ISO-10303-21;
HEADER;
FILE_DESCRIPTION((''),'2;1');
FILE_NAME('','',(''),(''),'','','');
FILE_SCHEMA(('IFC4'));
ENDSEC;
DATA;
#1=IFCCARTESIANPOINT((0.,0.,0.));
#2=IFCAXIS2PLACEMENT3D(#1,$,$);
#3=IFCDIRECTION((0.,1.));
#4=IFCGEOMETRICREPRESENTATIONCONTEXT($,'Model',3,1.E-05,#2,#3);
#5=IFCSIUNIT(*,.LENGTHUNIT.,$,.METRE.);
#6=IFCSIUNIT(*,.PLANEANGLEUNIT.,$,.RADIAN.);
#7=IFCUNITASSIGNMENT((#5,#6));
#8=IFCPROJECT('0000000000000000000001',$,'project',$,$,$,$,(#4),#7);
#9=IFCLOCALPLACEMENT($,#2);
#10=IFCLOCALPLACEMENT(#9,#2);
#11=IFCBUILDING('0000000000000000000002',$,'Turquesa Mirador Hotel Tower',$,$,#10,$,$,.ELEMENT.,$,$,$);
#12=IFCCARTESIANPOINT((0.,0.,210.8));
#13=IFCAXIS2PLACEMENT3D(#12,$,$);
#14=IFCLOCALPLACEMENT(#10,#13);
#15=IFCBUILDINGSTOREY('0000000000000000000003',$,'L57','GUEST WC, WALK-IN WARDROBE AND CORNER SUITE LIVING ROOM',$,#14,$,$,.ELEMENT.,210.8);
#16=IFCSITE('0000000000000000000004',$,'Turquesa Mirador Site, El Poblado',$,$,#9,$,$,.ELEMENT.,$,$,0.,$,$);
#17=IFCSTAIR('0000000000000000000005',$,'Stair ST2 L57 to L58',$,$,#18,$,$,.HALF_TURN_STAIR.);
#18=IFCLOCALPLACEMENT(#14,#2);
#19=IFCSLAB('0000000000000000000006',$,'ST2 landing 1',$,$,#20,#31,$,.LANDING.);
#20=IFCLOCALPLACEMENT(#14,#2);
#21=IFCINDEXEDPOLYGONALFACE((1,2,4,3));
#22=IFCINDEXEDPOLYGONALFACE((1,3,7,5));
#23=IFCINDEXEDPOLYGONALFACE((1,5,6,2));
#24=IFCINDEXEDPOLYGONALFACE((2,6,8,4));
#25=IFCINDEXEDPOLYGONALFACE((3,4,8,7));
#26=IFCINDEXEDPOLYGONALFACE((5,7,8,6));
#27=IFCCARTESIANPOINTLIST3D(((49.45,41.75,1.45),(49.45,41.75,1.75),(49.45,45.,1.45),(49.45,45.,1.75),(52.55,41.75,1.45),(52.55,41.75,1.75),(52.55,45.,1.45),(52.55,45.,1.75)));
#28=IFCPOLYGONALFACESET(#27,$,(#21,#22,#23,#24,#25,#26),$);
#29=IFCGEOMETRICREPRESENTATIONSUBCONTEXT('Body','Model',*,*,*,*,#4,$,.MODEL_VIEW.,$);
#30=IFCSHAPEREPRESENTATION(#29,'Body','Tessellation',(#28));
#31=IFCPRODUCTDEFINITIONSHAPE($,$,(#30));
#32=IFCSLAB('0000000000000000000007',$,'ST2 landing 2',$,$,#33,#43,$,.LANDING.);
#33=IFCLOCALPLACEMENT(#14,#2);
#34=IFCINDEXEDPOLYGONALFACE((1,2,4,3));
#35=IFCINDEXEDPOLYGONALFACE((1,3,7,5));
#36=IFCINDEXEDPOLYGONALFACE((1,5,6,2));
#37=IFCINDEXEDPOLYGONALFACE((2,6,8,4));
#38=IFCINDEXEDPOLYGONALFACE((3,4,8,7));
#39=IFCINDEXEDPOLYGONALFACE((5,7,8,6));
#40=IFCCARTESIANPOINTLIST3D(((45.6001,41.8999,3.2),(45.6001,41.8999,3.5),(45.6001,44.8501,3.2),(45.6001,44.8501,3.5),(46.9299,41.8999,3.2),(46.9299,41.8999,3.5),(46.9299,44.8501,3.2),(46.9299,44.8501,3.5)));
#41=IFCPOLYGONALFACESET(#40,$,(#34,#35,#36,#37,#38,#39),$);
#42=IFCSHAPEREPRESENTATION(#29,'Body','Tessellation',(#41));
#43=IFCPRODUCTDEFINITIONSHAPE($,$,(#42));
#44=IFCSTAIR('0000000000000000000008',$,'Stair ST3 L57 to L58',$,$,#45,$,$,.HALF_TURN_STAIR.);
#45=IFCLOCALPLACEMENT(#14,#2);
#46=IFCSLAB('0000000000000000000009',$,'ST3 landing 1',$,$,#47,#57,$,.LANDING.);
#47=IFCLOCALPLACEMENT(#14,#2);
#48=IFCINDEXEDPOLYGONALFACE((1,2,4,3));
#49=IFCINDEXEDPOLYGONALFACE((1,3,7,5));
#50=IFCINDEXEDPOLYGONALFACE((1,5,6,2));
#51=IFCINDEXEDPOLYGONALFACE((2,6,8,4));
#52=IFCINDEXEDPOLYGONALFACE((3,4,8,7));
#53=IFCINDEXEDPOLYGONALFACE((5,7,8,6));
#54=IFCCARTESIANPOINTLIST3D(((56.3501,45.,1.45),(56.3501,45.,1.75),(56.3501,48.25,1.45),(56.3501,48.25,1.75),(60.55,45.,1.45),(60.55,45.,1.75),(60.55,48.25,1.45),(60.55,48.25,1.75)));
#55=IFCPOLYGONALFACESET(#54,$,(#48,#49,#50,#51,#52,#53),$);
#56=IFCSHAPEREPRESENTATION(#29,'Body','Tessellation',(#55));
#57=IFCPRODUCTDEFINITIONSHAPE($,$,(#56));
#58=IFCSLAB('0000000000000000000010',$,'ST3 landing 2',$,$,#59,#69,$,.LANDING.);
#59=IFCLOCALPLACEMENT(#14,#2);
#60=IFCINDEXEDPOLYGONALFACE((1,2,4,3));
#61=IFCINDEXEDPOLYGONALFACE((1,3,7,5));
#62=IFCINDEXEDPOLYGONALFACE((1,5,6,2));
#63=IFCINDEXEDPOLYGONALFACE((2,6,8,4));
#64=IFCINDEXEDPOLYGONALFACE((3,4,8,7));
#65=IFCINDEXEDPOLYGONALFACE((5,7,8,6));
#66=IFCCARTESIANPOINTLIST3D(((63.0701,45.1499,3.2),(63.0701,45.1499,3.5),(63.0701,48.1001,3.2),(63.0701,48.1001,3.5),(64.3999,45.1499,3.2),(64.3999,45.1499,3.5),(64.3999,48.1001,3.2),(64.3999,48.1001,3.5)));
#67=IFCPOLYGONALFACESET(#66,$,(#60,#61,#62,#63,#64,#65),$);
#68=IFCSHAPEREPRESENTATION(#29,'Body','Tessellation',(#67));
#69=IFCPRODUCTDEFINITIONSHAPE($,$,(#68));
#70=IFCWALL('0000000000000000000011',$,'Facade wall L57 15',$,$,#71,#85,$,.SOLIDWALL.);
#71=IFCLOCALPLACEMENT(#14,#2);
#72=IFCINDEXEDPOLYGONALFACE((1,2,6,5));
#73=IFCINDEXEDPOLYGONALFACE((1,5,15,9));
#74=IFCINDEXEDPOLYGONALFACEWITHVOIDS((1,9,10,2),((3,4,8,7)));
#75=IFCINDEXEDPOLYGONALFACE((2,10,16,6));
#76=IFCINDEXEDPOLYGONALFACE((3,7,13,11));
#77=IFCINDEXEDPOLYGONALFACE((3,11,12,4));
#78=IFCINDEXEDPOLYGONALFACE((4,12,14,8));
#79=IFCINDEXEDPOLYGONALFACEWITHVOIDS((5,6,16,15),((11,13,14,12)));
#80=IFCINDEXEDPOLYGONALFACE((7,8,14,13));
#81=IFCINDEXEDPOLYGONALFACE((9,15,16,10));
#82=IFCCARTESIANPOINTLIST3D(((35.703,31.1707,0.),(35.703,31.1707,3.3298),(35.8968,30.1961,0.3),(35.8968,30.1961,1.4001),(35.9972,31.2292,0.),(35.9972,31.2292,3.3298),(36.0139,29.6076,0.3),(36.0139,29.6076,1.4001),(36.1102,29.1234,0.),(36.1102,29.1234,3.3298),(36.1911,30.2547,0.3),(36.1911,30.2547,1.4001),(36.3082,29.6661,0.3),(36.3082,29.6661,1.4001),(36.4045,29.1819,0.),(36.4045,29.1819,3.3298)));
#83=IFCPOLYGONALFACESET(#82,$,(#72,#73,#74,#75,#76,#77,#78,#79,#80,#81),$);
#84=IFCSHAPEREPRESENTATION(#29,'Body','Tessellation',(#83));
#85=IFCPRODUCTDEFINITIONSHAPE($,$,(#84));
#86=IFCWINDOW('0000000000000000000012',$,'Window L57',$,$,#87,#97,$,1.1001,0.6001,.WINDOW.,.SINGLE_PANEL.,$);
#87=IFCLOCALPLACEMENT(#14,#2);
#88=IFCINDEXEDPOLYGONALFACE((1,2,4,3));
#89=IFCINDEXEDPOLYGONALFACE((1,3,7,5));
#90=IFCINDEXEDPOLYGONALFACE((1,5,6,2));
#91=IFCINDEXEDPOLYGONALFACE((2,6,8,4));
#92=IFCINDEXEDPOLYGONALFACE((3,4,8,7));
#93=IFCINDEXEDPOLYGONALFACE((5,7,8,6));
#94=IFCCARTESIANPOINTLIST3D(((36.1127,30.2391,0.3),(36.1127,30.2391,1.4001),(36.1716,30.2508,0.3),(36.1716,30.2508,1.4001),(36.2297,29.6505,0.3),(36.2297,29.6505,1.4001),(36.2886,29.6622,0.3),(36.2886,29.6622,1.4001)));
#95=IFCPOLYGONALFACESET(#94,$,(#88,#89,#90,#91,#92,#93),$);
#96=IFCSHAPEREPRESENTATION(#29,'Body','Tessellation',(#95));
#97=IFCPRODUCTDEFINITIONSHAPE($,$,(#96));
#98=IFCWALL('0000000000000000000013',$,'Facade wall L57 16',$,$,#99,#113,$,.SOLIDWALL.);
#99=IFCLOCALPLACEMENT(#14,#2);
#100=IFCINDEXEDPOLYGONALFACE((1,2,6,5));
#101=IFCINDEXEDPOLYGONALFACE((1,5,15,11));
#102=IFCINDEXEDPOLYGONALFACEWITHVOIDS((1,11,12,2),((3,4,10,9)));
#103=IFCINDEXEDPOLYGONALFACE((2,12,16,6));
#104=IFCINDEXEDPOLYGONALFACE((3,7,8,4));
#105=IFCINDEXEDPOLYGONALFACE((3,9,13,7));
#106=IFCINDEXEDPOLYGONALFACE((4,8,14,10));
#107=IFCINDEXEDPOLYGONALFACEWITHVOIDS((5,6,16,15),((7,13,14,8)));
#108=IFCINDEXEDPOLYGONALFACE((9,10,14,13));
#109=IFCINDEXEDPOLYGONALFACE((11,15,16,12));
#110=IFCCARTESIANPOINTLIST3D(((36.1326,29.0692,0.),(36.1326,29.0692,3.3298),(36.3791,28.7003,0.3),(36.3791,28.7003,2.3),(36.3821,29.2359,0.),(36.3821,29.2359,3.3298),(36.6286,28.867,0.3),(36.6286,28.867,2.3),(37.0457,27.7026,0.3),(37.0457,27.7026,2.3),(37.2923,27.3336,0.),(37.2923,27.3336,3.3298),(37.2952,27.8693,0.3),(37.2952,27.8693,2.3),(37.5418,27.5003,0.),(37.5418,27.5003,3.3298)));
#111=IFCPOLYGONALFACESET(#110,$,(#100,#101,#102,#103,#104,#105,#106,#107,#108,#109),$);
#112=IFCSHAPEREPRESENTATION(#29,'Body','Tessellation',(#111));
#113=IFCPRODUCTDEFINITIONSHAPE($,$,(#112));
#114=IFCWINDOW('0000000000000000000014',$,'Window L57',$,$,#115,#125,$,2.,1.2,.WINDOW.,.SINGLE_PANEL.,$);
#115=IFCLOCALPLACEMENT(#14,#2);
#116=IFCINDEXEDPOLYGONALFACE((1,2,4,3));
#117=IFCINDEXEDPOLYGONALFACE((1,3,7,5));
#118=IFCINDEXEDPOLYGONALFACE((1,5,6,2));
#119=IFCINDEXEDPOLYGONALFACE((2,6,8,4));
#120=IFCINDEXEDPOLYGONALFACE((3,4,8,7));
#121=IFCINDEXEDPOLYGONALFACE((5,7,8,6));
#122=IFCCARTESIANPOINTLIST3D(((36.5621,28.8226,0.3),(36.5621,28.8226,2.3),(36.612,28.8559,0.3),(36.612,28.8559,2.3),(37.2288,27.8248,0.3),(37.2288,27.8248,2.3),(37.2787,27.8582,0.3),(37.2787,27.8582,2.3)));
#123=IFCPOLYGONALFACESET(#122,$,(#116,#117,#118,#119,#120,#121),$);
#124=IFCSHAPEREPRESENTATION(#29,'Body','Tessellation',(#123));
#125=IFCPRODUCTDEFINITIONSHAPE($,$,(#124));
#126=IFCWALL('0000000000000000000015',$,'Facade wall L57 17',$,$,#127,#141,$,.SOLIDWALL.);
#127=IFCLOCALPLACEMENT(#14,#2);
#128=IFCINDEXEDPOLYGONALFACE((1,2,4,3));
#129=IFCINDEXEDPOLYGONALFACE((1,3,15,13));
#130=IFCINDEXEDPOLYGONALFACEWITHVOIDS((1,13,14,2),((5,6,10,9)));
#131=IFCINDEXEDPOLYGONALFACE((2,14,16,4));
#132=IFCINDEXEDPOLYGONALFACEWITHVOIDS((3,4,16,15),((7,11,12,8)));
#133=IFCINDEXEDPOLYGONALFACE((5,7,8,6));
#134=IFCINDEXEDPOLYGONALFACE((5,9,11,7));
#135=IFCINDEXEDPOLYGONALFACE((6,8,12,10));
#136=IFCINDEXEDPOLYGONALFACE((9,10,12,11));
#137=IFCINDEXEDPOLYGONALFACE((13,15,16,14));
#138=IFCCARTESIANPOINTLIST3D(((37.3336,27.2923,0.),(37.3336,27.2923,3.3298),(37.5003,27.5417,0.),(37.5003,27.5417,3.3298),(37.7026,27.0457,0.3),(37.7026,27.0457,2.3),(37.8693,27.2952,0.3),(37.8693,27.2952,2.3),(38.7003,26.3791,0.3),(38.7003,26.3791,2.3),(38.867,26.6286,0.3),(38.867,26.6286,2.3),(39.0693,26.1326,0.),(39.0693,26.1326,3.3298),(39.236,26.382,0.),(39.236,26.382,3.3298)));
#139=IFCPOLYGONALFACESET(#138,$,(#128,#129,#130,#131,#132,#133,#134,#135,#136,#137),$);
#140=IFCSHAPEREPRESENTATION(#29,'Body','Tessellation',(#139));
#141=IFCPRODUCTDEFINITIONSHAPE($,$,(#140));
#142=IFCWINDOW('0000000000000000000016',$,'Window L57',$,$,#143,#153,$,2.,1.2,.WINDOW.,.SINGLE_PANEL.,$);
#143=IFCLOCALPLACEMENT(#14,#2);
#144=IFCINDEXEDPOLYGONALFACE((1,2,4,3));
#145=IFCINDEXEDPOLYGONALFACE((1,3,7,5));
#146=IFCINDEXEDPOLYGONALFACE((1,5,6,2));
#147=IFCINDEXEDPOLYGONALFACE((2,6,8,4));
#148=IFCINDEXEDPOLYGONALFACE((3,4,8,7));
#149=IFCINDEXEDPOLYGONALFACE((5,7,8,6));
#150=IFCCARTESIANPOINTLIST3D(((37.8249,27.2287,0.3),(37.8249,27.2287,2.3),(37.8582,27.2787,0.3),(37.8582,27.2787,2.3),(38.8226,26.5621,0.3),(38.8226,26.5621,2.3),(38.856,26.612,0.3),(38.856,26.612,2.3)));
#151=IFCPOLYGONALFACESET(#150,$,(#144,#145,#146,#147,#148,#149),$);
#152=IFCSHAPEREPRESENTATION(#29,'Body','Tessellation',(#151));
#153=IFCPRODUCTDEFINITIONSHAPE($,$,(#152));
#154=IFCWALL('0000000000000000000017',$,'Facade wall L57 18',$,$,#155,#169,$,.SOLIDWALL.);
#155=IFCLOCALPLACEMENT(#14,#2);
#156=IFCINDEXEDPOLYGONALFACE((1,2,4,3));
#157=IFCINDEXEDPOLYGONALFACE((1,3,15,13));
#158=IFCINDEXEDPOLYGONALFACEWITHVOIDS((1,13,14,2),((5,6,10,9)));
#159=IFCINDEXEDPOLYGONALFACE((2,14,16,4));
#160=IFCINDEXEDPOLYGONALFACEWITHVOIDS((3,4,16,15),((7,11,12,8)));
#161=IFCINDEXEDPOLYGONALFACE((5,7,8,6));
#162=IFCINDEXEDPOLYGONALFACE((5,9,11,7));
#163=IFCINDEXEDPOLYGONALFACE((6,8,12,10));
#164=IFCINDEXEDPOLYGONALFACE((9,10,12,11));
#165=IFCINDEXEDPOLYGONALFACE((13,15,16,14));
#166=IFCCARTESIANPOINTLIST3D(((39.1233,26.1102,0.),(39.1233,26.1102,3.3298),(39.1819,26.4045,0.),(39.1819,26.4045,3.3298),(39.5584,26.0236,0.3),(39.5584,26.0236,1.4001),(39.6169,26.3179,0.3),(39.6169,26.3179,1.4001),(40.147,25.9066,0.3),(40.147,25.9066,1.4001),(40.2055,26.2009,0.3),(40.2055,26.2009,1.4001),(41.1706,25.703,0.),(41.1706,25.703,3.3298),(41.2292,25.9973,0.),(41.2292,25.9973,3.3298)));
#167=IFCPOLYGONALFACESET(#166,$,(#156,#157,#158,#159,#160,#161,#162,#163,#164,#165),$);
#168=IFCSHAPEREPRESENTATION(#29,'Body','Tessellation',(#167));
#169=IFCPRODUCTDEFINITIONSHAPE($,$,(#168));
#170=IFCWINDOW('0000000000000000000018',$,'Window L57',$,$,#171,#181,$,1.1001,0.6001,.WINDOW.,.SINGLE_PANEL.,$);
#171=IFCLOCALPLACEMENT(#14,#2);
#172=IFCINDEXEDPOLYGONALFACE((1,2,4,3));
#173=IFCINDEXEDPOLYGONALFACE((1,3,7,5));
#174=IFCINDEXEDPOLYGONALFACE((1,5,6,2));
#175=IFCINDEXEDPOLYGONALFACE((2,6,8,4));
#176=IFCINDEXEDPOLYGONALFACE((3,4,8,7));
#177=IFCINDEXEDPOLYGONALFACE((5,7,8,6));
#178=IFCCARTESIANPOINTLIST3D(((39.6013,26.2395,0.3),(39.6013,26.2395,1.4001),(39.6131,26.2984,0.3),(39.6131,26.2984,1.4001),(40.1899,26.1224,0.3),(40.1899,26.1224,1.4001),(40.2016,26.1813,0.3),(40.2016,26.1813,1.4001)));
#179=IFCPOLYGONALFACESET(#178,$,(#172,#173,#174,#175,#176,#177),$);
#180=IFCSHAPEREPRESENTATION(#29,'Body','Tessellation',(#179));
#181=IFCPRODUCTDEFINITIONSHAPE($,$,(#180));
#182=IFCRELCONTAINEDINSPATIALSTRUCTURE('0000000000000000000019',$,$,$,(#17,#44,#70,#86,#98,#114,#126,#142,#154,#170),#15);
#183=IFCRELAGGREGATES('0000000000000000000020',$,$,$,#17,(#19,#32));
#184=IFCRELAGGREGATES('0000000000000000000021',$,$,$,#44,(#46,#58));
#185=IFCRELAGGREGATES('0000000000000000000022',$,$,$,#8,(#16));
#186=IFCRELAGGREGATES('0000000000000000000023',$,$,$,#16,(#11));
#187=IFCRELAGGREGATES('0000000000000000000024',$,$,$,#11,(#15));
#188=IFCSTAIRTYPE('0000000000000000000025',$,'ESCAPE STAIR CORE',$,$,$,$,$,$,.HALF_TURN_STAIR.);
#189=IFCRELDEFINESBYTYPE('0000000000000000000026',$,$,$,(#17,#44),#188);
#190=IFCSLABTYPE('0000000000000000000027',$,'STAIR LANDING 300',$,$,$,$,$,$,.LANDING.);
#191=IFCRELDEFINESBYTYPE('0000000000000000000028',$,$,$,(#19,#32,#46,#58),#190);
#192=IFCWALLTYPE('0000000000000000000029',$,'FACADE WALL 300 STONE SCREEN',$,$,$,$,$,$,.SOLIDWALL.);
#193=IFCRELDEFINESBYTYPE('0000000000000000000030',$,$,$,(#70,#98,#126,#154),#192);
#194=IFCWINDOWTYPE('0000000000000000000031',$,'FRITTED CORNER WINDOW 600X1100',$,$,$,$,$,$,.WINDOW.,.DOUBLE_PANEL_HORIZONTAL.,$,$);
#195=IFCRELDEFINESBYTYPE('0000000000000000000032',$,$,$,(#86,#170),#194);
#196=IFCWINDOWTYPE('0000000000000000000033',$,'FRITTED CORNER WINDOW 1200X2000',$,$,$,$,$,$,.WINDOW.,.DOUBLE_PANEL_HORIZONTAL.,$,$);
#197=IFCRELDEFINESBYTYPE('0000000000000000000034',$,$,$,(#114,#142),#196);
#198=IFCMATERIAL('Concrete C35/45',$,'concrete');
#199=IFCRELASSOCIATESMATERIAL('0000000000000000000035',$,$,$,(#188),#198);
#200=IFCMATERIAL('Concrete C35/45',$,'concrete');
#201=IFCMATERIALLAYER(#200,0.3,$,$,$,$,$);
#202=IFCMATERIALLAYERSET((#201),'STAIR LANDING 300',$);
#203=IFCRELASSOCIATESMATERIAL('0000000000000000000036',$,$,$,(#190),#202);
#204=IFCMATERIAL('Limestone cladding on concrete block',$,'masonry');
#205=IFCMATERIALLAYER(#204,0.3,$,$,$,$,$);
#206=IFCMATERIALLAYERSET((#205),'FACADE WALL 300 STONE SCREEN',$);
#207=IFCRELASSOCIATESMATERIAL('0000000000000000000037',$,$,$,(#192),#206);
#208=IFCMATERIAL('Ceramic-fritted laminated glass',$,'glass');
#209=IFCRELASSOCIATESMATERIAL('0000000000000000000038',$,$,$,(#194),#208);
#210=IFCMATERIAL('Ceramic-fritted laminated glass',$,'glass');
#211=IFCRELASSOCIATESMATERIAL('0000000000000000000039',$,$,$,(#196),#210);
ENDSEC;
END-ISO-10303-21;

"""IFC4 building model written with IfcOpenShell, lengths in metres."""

from ifc_helpers import new_model, si_unit, direction, frame, frame_2d, origin, place, context, subcontext, project, spatial, polyline, rectangle, outline, extrude, material, layer, layer_set, type_object, element, fill, aggregate, save


model = new_model("IFC4")

# Units and contexts
model_context = context("Model", 3, precision=1e-05, world=origin(), true_north=direction((0.0, 1.0)))
body_context = subcontext(model_context, "Body", "Model", "MODEL_VIEW")
ifc_project = project(units=[si_unit("LENGTHUNIT", "METRE"), si_unit("PLANEANGLEUNIT", "RADIAN")], contexts=[model_context])

# Site, building, storey
site_placement = place(None, origin())
site = spatial("IfcSite", under=ifc_project, at=site_placement, Name="Turquesa Mirador Site, El Poblado", CompositionType="ELEMENT", RefElevation=0.0)
building_placement = place(site_placement, origin())
building = spatial("IfcBuilding", under=site, at=building_placement, Name="Turquesa Mirador Hotel Tower", CompositionType="ELEMENT")
storey_placement = place(building_placement, frame((0.0, 0.0, 210.8)))
storey = spatial("IfcBuildingStorey", under=building, at=storey_placement, Name="L57", Description="GUEST WC, WALK-IN WARDROBE AND CORNER SUITE LIVING ROOM", CompositionType="ELEMENT", Elevation=210.8)

# Stairs, slabs
ifc_material_1 = material(Name="Concrete C35/45", Category="concrete")
stair_type = type_object("IfcStairType", Name="ESCAPE STAIR CORE", PredefinedType="HALF_TURN_STAIR", material=ifc_material_1)
ifc_material_2 = material(Name="Concrete C35/45", Category="concrete")
ifc_layer_1 = layer(ifc_material_2, 0.3)
ifc_layer_set_1 = layer_set([ifc_layer_1], Name="STAIR LANDING 300")
slab_type_1 = type_object("IfcSlabType", Name="STAIR LANDING 300", PredefinedType="LANDING", material=ifc_layer_set_1)
stair_1_placement = place(storey_placement, origin())
stair_1 = element("IfcStair", 1, at=stair_1_placement, inside=storey, type_object=stair_type, Name="Stair ST2 L57 to L58", PredefinedType="HALF_TURN_STAIR")
slab_1_placement = place(storey_placement, frame((0.0, 0.0, 1.45)))
slab_1 = element("IfcSlab", 2, at=slab_1_placement, type_object=slab_type_1, Name="ST2 landing 1", PredefinedType="LANDING", context=body_context, shape_type="SweptSolid", body=[
    extrude(outline(polyline([(52.55, 45.0), (49.45, 45.0), (49.45, 41.75), (52.55, 41.75), (52.55, 45.0)])), origin(), (0.0, 0.0, 1.0), 0.3),
])
slab_2_placement = place(storey_placement, frame((0.0, 0.0, 3.2)))
slab_2 = element("IfcSlab", 3, at=slab_2_placement, type_object=slab_type_1, Name="ST2 landing 2", PredefinedType="LANDING", context=body_context, shape_type="SweptSolid", body=[
    extrude(outline(polyline([(46.9299, 44.8501), (45.6001, 44.8501), (45.6001, 41.8999), (46.9299, 41.8999), (46.9299, 44.8501)])), origin(), (0.0, 0.0, 1.0), 0.3),
])
aggregate(stair_1, [slab_1, slab_2])
stair_2_placement = place(storey_placement, origin())
stair_2 = element("IfcStair", 4, at=stair_2_placement, inside=storey, type_object=stair_type, Name="Stair ST3 L57 to L58", PredefinedType="HALF_TURN_STAIR")
slab_3_placement = place(storey_placement, frame((0.0, 0.0, 1.45)))
slab_3 = element("IfcSlab", 5, at=slab_3_placement, type_object=slab_type_1, Name="ST3 landing 1", PredefinedType="LANDING", context=body_context, shape_type="SweptSolid", body=[
    extrude(outline(polyline([(56.3501, 45.0), (60.55, 45.0), (60.55, 48.25), (56.3501, 48.25), (56.3501, 45.0)])), origin(), (0.0, 0.0, 1.0), 0.3),
])
slab_4_placement = place(storey_placement, frame((0.0, 0.0, 3.2)))
slab_4 = element("IfcSlab", 6, at=slab_4_placement, type_object=slab_type_1, Name="ST3 landing 2", PredefinedType="LANDING", context=body_context, shape_type="SweptSolid", body=[
    extrude(outline(polyline([(63.0701, 45.1499), (64.3999, 45.1499), (64.3999, 48.1001), (63.0701, 48.1001), (63.0701, 45.1499)])), origin(), (0.0, 0.0, 1.0), 0.3),
])
aggregate(stair_2, [slab_3, slab_4])

# Walls, openings, windows
ifc_material_3 = material(Name="Limestone cladding on concrete block", Category="masonry")
ifc_layer_2 = layer(ifc_material_3, 0.3)
ifc_layer_set_2 = layer_set([ifc_layer_2], Name="FACADE WALL 300 STONE SCREEN")
wall_type_1 = type_object("IfcWallType", Name="FACADE WALL 300 STONE SCREEN", PredefinedType="SOLIDWALL", material=ifc_layer_set_2)
wall_1_placement = place(storey_placement, frame((35.8501, 31.2, 0.0), z_axis=(0.0, 0.0, 1.0), x_axis=(0.195081, -0.980787, 0.0)))
wall_1 = element("IfcWall", 7, at=wall_1_placement, inside=storey, type_object=wall_type_1, Name="Facade wall L57 15", PredefinedType="SOLIDWALL", context=body_context, shape_type="SweptSolid", body=[
    extrude(rectangle(XDim=2.0874, YDim=0.3, at=frame_2d((1.0437, 0.0))), origin(), (0.0, 0.0, 1.0), 3.3298),
])
opening_1_placement = place(wall_1_placement, frame((0.9937, 0.0, 0.3)))
opening_1 = element("IfcOpeningElement", 8, at=opening_1_placement, cuts=wall_1, PredefinedType="OPENING", context=body_context, shape_type="SweptSolid", body=[
    extrude(rectangle(XDim=0.6001, YDim=1.1001, at=frame_2d((0.3, 0.55))), frame((0.0, 0.1599, 0.0), z_axis=(0.0, -1.0, 0.0), x_axis=(1.0, 0.0, 0.0)), (0.0, 0.0, 1.0), 0.3201),
])
ifc_material_4 = material(Name="Ceramic-fritted laminated glass", Category="glass")
window_type_1 = type_object("IfcWindowType", Name="FRITTED CORNER WINDOW 600X1100", PartitioningType="DOUBLE_PANEL_HORIZONTAL", PredefinedType="WINDOW", material=ifc_material_4)
window_1_placement = place(opening_1_placement, origin())
window_1 = element("IfcWindow", 9, at=window_1_placement, inside=storey, type_object=window_type_1, Name="Window L57", OverallHeight=1.1001, OverallWidth=0.6001, PartitioningType="SINGLE_PANEL", PredefinedType="WINDOW", context=body_context, shape_type="SweptSolid", body=[
    extrude(rectangle(XDim=0.6001, YDim=1.1001, at=frame_2d((0.3, 0.55))), frame((0.0, 0.1301, 0.0), z_axis=(0.0, -1.0, 0.0), x_axis=(1.0, 0.0, 0.0)), (0.0, 0.0, 1.0), 0.0601),
])
fill(opening_1, window_1)
wall_2_placement = place(storey_placement, frame((36.2573, 29.1526, 0.0), z_axis=(0.0, 0.0, 1.0), x_axis=(0.555564, -0.831474, 0.0)))
wall_2 = element("IfcWall", 10, at=wall_2_placement, inside=storey, type_object=wall_type_1, Name="Facade wall L57 16", PredefinedType="SOLIDWALL", context=body_context, shape_type="SweptSolid", body=[
    extrude(rectangle(XDim=2.0874, YDim=0.3, at=frame_2d((1.0437, 0.0))), origin(), (0.0, 0.0, 1.0), 3.3298),
])
opening_2_placement = place(wall_2_placement, frame((0.4436, 0.0, 0.3)))
opening_2 = element("IfcOpeningElement", 11, at=opening_2_placement, cuts=wall_2, PredefinedType="OPENING", context=body_context, shape_type="SweptSolid", body=[
    extrude(rectangle(XDim=1.2, YDim=2.0, at=frame_2d((0.6001, 1.0))), frame((0.0, 0.1599, 0.0), z_axis=(0.0, -1.0, 0.0), x_axis=(1.0, 0.0, 0.0)), (0.0, 0.0, 1.0), 0.3201),
])
ifc_material_5 = material(Name="Ceramic-fritted laminated glass", Category="glass")
window_type_2 = type_object("IfcWindowType", Name="FRITTED CORNER WINDOW 1200X2000", PartitioningType="DOUBLE_PANEL_HORIZONTAL", PredefinedType="WINDOW", material=ifc_material_5)
window_2_placement = place(opening_2_placement, origin())
window_2 = element("IfcWindow", 12, at=window_2_placement, inside=storey, type_object=window_type_2, Name="Window L57", OverallHeight=2.0, OverallWidth=1.2, PartitioningType="SINGLE_PANEL", PredefinedType="WINDOW", context=body_context, shape_type="SweptSolid", body=[
    extrude(rectangle(XDim=1.2, YDim=2.0, at=frame_2d((0.6001, 1.0))), frame((0.0, 0.1301, 0.0), z_axis=(0.0, -1.0, 0.0), x_axis=(1.0, 0.0, 0.0)), (0.0, 0.0, 1.0), 0.0601),
])
fill(opening_2, window_2)
wall_3_placement = place(storey_placement, frame((37.417, 27.417, 0.0), z_axis=(0.0, 0.0, 1.0), x_axis=(0.831474, -0.555564, 0.0)))
wall_3 = element("IfcWall", 13, at=wall_3_placement, inside=storey, type_object=wall_type_1, Name="Facade wall L57 17", PredefinedType="SOLIDWALL", context=body_context, shape_type="SweptSolid", body=[
    extrude(rectangle(XDim=2.0874, YDim=0.3, at=frame_2d((1.0437, 0.0))), origin(), (0.0, 0.0, 1.0), 3.3298),
])
opening_3_placement = place(wall_3_placement, frame((0.4436, 0.0, 0.3)))
opening_3 = element("IfcOpeningElement", 14, at=opening_3_placement, cuts=wall_3, PredefinedType="OPENING", context=body_context, shape_type="SweptSolid", body=[
    extrude(rectangle(XDim=1.2, YDim=2.0, at=frame_2d((0.6001, 1.0))), frame((0.0, 0.1599, 0.0), z_axis=(0.0, -1.0, 0.0), x_axis=(1.0, 0.0, 0.0)), (0.0, 0.0, 1.0), 0.3201),
])
window_3_placement = place(opening_3_placement, origin())
window_3 = element("IfcWindow", 15, at=window_3_placement, inside=storey, type_object=window_type_2, Name="Window L57", OverallHeight=2.0, OverallWidth=1.2, PartitioningType="SINGLE_PANEL", PredefinedType="WINDOW", context=body_context, shape_type="SweptSolid", body=[
    extrude(rectangle(XDim=1.2, YDim=2.0, at=frame_2d((0.6001, 1.0))), frame((0.0, 0.1301, 0.0), z_axis=(0.0, -1.0, 0.0), x_axis=(1.0, 0.0, 0.0)), (0.0, 0.0, 1.0), 0.0601),
])
fill(opening_3, window_3)
wall_4_placement = place(storey_placement, frame((39.1526, 26.2573, 0.0), z_axis=(0.0, 0.0, 1.0), x_axis=(0.980787, -0.195081, 0.0)))
wall_4 = element("IfcWall", 16, at=wall_4_placement, inside=storey, type_object=wall_type_1, Name="Facade wall L57 18", PredefinedType="SOLIDWALL", context=body_context, shape_type="SweptSolid", body=[
    extrude(rectangle(XDim=2.0874, YDim=0.3, at=frame_2d((1.0437, 0.0))), origin(), (0.0, 0.0, 1.0), 3.3298),
])
opening_4_placement = place(wall_4_placement, frame((0.4436, 0.0, 0.3)))
opening_4 = element("IfcOpeningElement", 17, at=opening_4_placement, cuts=wall_4, PredefinedType="OPENING", context=body_context, shape_type="SweptSolid", body=[
    extrude(rectangle(XDim=0.6001, YDim=1.1001, at=frame_2d((0.3, 0.55))), frame((0.0, 0.1599, 0.0), z_axis=(0.0, -1.0, 0.0), x_axis=(1.0, 0.0, 0.0)), (0.0, 0.0, 1.0), 0.3201),
])
window_4_placement = place(opening_4_placement, origin())
window_4 = element("IfcWindow", 18, at=window_4_placement, inside=storey, type_object=window_type_1, Name="Window L57", OverallHeight=1.1001, OverallWidth=0.6001, PartitioningType="SINGLE_PANEL", PredefinedType="WINDOW", context=body_context, shape_type="SweptSolid", body=[
    extrude(rectangle(XDim=0.6001, YDim=1.1001, at=frame_2d((0.3, 0.55))), frame((0.0, 0.1301, 0.0), z_axis=(0.0, -1.0, 0.0), x_axis=(1.0, 0.0, 0.0)), (0.0, 0.0, 1.0), 0.0601),
])
fill(opening_4, window_4)

save(model, "model.ifc")
